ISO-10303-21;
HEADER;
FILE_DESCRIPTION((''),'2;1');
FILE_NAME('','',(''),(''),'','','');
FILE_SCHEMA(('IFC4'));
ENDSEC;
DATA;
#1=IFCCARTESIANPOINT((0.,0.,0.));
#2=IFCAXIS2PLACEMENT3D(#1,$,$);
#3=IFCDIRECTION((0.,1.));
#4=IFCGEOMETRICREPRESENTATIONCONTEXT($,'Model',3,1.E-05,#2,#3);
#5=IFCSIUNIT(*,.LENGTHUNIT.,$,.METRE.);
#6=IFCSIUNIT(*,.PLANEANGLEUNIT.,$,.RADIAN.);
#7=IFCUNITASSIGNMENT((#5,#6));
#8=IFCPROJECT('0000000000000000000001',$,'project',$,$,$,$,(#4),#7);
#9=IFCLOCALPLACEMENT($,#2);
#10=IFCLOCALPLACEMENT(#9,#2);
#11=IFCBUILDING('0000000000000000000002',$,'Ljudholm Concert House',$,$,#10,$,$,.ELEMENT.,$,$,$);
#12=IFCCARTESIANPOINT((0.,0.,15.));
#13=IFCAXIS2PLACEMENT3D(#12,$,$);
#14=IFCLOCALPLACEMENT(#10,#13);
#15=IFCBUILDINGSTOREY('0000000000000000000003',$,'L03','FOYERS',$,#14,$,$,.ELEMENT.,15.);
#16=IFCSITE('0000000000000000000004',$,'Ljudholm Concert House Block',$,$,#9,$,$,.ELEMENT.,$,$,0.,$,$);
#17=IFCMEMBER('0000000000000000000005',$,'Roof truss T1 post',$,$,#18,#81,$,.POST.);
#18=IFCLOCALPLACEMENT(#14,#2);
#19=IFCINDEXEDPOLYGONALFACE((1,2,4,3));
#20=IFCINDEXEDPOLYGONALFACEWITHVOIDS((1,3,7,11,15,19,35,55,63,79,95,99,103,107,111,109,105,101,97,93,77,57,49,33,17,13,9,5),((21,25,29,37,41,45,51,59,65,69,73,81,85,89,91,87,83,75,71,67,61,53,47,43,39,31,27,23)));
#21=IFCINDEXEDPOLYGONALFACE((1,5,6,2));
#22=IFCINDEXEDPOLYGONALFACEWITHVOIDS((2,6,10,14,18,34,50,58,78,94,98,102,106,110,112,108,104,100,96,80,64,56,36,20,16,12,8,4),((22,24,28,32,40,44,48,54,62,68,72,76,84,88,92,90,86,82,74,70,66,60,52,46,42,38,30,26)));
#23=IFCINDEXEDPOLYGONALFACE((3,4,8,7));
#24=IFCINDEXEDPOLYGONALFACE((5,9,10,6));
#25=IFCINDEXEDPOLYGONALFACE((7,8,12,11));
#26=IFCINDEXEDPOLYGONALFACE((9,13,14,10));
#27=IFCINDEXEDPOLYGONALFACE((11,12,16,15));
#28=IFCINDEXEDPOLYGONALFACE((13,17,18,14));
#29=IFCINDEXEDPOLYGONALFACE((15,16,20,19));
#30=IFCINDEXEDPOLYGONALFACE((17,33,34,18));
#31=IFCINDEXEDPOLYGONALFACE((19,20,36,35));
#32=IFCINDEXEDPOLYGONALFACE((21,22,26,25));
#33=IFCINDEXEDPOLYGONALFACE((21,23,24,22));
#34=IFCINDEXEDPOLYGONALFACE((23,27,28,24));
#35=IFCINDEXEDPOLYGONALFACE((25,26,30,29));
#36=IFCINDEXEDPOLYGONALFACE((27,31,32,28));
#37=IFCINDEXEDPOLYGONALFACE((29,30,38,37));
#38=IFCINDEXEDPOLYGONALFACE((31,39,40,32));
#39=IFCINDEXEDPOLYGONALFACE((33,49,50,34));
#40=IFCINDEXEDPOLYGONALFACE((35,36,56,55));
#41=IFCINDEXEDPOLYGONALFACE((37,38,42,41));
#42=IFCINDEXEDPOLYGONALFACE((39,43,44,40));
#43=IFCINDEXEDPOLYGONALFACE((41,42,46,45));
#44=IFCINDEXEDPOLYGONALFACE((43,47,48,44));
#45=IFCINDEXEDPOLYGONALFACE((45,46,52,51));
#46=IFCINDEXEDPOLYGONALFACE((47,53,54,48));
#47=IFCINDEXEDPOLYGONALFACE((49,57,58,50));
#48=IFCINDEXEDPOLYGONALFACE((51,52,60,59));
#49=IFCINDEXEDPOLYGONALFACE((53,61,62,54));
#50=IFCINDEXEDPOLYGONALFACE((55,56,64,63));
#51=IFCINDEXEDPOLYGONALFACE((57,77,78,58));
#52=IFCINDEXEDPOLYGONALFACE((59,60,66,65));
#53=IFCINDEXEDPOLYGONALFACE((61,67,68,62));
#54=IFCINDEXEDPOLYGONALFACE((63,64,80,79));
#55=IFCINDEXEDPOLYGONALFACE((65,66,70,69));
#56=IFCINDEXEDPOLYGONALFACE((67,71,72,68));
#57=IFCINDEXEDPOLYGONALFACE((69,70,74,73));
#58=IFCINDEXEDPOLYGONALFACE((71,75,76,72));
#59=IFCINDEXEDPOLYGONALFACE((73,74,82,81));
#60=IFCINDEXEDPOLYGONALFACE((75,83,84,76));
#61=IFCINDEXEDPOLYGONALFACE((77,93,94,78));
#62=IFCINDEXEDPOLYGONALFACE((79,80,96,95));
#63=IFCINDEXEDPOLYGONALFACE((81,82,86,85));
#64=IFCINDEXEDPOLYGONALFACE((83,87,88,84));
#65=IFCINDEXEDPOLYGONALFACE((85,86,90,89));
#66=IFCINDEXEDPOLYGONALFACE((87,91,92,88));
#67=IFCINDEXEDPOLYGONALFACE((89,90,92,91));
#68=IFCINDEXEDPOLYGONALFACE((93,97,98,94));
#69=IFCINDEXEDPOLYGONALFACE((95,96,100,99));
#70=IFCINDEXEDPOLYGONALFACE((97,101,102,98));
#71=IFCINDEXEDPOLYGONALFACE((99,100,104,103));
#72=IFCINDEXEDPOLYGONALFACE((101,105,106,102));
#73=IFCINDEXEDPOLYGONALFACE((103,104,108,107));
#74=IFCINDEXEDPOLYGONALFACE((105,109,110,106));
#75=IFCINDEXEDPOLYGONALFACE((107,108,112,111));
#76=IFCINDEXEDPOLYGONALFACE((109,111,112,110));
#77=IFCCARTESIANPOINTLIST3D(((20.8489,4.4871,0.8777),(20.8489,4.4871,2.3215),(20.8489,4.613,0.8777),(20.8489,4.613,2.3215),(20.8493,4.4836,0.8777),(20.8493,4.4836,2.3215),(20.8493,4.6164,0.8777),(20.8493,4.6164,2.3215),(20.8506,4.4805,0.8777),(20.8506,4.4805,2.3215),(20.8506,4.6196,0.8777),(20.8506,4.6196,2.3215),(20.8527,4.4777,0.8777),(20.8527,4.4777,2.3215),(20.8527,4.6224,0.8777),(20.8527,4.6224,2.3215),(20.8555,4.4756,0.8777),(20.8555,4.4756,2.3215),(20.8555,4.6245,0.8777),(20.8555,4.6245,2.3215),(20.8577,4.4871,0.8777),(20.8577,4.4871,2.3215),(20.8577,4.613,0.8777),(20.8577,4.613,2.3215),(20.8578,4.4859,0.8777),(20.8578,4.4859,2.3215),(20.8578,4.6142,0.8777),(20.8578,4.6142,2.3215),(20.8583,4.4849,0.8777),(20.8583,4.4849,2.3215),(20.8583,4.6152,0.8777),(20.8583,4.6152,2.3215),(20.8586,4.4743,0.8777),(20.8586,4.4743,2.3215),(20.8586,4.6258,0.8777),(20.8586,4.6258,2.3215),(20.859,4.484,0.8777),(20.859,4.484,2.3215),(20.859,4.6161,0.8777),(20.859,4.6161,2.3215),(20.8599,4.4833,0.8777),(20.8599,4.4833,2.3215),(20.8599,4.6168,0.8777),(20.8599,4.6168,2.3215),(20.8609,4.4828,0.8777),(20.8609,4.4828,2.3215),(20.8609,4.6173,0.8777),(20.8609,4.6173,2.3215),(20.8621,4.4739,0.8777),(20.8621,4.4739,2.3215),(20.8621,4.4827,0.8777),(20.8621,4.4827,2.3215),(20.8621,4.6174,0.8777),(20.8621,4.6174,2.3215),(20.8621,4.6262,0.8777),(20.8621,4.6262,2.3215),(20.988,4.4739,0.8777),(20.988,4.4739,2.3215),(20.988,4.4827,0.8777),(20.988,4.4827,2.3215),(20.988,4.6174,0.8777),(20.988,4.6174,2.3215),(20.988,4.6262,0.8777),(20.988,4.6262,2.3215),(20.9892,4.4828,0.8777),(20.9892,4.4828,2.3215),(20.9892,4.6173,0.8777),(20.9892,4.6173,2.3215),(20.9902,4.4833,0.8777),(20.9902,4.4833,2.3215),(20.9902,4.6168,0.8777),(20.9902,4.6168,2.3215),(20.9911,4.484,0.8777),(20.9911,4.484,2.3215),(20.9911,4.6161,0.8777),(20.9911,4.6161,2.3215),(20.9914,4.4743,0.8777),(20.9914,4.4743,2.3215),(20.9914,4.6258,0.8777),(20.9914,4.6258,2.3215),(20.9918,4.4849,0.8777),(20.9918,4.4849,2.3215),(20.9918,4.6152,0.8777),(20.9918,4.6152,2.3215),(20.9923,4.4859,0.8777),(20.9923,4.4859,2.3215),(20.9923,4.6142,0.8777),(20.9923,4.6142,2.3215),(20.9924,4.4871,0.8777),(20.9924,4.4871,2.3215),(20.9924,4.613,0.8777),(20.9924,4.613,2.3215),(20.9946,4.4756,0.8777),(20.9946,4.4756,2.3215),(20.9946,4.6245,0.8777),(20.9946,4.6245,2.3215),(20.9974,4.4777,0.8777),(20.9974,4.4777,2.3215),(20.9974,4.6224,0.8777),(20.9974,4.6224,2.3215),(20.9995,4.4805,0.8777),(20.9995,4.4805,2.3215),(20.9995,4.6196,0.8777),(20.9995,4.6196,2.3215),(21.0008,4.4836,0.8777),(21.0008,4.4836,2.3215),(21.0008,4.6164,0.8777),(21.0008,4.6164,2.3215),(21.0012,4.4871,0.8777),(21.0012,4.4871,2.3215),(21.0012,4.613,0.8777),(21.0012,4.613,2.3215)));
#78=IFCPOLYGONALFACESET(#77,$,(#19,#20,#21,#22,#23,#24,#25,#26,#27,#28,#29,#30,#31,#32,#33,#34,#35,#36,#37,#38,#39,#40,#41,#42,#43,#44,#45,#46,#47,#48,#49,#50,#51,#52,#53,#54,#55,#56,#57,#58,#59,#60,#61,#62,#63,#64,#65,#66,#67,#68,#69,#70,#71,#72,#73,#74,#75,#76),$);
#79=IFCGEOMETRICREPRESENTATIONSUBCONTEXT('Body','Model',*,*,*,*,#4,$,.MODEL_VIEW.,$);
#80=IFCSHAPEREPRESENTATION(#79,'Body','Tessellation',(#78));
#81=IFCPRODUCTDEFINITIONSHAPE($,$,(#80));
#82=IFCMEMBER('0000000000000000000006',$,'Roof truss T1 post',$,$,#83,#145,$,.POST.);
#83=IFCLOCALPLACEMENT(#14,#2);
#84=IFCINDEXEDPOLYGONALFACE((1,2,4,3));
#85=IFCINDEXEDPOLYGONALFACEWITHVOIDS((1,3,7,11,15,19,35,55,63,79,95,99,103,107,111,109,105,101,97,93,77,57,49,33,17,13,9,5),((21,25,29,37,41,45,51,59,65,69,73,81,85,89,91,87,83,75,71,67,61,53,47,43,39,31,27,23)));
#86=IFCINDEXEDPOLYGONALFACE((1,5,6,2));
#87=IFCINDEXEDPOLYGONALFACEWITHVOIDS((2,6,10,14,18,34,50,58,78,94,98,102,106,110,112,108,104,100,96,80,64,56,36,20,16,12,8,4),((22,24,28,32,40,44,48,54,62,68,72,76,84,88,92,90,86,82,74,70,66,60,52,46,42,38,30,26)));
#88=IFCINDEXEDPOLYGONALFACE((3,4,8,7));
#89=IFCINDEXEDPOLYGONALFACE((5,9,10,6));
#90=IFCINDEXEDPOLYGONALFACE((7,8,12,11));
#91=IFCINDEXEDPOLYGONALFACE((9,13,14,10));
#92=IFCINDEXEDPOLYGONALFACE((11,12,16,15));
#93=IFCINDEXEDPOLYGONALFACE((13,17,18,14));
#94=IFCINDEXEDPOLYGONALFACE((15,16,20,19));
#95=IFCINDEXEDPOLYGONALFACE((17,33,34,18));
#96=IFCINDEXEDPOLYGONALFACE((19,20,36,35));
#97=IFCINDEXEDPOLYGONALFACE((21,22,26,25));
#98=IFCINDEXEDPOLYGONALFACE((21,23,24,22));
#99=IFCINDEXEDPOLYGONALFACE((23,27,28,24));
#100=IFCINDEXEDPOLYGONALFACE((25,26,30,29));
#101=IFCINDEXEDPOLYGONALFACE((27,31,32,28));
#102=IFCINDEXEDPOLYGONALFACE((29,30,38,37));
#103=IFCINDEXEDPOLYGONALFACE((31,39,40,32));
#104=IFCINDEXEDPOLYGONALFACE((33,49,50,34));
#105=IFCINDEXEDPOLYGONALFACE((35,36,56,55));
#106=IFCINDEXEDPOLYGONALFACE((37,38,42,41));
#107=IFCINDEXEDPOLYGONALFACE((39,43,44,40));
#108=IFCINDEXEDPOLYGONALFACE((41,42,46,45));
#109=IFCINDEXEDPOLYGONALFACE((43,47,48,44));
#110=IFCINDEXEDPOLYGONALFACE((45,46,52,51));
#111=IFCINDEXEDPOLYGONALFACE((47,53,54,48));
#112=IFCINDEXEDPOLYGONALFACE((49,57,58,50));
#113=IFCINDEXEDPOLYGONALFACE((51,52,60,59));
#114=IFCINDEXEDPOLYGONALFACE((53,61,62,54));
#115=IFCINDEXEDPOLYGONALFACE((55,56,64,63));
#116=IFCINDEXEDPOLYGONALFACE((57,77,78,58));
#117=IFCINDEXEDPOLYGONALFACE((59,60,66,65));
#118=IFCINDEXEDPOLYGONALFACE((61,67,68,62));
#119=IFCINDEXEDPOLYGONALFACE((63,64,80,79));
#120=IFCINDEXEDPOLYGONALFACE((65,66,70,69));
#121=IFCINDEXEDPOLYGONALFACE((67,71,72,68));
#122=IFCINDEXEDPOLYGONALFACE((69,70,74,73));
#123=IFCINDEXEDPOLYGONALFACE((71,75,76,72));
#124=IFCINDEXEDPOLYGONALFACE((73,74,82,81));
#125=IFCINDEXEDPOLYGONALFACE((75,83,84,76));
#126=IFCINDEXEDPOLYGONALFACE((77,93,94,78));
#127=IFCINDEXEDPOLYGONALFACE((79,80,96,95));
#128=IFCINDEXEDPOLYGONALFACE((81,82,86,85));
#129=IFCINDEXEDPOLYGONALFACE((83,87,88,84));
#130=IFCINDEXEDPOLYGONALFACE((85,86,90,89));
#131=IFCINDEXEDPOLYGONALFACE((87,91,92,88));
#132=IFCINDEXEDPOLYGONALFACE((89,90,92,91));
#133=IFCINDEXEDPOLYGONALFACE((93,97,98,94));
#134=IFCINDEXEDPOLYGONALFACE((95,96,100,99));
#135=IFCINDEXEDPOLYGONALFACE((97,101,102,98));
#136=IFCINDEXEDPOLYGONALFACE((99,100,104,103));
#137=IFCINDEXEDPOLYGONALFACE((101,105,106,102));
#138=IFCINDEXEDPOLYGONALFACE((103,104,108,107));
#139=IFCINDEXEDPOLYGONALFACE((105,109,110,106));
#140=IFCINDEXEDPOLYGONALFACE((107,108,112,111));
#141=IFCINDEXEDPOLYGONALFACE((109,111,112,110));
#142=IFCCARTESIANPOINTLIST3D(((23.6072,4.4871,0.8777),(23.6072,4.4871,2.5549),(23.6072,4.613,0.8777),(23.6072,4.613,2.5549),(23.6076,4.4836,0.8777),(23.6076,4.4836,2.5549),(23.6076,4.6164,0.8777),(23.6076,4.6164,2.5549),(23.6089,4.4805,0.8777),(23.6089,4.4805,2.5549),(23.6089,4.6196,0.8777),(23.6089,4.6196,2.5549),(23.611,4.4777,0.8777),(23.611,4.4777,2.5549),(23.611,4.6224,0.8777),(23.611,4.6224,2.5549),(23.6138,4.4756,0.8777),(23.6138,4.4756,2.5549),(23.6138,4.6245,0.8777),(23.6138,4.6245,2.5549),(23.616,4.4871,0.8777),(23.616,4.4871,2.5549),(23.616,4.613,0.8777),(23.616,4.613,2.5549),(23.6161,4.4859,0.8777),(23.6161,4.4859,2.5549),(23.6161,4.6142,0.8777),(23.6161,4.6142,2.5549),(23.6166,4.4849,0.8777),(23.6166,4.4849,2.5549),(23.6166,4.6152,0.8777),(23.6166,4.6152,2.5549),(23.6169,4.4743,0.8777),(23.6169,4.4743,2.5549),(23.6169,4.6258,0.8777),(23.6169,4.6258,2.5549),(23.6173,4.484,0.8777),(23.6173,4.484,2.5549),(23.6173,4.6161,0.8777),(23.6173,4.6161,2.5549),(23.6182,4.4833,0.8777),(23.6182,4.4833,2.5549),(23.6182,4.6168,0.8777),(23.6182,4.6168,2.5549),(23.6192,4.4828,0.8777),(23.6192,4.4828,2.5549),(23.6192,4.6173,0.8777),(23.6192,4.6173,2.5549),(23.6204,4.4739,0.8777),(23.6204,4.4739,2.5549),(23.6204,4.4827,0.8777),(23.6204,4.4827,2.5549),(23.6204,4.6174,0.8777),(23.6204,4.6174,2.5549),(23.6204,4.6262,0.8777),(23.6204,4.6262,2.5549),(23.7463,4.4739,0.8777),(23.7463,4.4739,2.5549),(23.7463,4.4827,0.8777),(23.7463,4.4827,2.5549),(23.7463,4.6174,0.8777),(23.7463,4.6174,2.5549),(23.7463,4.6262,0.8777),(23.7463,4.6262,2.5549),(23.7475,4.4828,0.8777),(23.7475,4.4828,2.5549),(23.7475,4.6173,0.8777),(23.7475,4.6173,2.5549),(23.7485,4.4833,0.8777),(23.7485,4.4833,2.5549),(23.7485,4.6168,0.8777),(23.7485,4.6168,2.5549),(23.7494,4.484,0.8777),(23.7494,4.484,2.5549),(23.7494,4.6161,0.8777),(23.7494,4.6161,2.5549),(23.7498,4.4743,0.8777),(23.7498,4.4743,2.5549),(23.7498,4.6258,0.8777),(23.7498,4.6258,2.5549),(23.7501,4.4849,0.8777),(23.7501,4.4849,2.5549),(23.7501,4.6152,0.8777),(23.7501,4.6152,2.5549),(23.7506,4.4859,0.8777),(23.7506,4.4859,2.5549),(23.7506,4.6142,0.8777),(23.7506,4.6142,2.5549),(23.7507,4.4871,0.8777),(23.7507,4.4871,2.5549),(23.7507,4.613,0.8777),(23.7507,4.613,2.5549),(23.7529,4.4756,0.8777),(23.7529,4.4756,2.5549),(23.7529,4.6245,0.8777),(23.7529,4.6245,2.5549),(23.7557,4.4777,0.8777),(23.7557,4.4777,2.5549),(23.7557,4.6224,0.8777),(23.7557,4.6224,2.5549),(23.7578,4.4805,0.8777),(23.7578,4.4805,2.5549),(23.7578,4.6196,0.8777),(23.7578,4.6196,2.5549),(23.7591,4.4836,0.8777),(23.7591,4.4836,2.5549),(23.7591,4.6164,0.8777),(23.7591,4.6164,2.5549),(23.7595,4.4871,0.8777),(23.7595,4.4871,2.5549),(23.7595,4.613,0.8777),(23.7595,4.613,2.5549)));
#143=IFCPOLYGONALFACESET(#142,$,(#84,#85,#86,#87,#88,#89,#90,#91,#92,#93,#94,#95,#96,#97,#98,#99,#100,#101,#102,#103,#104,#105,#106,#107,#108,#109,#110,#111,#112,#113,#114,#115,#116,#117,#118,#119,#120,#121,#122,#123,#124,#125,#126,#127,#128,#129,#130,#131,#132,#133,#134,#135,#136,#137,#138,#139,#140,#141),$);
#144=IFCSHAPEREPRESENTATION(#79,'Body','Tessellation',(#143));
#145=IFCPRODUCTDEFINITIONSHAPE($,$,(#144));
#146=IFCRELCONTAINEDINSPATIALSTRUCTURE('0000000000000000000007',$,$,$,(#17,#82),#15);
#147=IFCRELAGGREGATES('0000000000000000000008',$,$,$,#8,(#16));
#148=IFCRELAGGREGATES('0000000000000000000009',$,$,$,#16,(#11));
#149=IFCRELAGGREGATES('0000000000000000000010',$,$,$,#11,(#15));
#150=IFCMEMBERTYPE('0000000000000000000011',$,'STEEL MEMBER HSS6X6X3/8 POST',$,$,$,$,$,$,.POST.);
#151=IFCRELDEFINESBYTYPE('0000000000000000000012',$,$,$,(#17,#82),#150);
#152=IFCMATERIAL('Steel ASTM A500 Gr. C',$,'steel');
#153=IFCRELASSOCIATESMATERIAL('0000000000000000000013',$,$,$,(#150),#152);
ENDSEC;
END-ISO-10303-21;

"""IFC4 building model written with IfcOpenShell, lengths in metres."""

from ifc_helpers import new_model, si_unit, direction, frame, origin, origin_2d, place, context, subcontext, project, spatial, hollow_rectangle, extrude, material, material_profile, profile_set, type_object, element, save


model = new_model("IFC4")

# Units and contexts
model_context = context("Model", 3, precision=1e-05, world=origin(), true_north=direction((0.0, 1.0)))
body_context = subcontext(model_context, "Body", "Model", "MODEL_VIEW")
ifc_project = project(units=[si_unit("LENGTHUNIT", "METRE"), si_unit("PLANEANGLEUNIT", "RADIAN")], contexts=[model_context])

# Site, building, storey
site_placement = place(None, origin())
site = spatial("IfcSite", under=ifc_project, at=site_placement, Name="Ljudholm Concert House Block", CompositionType="ELEMENT", RefElevation=0.0)
building_placement = place(site_placement, origin())
building = spatial("IfcBuilding", under=site, at=building_placement, Name="Ljudholm Concert House", CompositionType="ELEMENT")
storey_placement = place(building_placement, frame((0.0, 0.0, 15.0)))
storey = spatial("IfcBuildingStorey", under=building, at=storey_placement, Name="L03", Description="FOYERS", CompositionType="ELEMENT", Elevation=15.0)

# Members
ifc_material_1 = material(Name="Steel ASTM A500 Gr. C", Category="steel")
ifc_material_profile_1 = material_profile(ifc_material_1, hollow_rectangle(XDim=0.1523, YDim=0.1523, WallThickness=0.0088, InnerFilletRadius=0.0044, OuterFilletRadius=0.0132, at=origin_2d()), Name="HSS6X6X3/8")
ifc_profile_set_1 = profile_set([ifc_material_profile_1], Name="Steel ASTM A500 Gr. C")
member_type_1 = type_object("IfcMemberType", Name="STEEL MEMBER HSS6X6X3/8 POST", PredefinedType="POST", material=ifc_profile_set_1)
member_1_placement = place(storey_placement, frame((20.925, 4.55, 0.8777), z_axis=(0.0, 0.0, 1.0), x_axis=(1.0, 0.0, 0.0)))
element("IfcMember", 1, at=member_1_placement, inside=storey, type_object=member_type_1, Name="Roof truss T1 post", PredefinedType="POST", context=body_context, shape_type="SweptSolid", body=[
    extrude(hollow_rectangle(XDim=0.1523, YDim=0.1523, WallThickness=0.0088, InnerFilletRadius=0.0044, OuterFilletRadius=0.0132, at=origin_2d()), origin(), (0.0, 0.0, 1.0), 1.4438),
])
member_2_placement = place(storey_placement, frame((23.6833, 4.55, 0.8777), z_axis=(0.0, 0.0, 1.0), x_axis=(1.0, 0.0, 0.0)))
element("IfcMember", 2, at=member_2_placement, inside=storey, type_object=member_type_1, Name="Roof truss T1 post", PredefinedType="POST", context=body_context, shape_type="SweptSolid", body=[
    extrude(hollow_rectangle(XDim=0.1523, YDim=0.1523, WallThickness=0.0088, InnerFilletRadius=0.0044, OuterFilletRadius=0.0132, at=origin_2d()), origin(), (0.0, 0.0, 1.0), 1.6772),
])

save(model, "model.ifc")
